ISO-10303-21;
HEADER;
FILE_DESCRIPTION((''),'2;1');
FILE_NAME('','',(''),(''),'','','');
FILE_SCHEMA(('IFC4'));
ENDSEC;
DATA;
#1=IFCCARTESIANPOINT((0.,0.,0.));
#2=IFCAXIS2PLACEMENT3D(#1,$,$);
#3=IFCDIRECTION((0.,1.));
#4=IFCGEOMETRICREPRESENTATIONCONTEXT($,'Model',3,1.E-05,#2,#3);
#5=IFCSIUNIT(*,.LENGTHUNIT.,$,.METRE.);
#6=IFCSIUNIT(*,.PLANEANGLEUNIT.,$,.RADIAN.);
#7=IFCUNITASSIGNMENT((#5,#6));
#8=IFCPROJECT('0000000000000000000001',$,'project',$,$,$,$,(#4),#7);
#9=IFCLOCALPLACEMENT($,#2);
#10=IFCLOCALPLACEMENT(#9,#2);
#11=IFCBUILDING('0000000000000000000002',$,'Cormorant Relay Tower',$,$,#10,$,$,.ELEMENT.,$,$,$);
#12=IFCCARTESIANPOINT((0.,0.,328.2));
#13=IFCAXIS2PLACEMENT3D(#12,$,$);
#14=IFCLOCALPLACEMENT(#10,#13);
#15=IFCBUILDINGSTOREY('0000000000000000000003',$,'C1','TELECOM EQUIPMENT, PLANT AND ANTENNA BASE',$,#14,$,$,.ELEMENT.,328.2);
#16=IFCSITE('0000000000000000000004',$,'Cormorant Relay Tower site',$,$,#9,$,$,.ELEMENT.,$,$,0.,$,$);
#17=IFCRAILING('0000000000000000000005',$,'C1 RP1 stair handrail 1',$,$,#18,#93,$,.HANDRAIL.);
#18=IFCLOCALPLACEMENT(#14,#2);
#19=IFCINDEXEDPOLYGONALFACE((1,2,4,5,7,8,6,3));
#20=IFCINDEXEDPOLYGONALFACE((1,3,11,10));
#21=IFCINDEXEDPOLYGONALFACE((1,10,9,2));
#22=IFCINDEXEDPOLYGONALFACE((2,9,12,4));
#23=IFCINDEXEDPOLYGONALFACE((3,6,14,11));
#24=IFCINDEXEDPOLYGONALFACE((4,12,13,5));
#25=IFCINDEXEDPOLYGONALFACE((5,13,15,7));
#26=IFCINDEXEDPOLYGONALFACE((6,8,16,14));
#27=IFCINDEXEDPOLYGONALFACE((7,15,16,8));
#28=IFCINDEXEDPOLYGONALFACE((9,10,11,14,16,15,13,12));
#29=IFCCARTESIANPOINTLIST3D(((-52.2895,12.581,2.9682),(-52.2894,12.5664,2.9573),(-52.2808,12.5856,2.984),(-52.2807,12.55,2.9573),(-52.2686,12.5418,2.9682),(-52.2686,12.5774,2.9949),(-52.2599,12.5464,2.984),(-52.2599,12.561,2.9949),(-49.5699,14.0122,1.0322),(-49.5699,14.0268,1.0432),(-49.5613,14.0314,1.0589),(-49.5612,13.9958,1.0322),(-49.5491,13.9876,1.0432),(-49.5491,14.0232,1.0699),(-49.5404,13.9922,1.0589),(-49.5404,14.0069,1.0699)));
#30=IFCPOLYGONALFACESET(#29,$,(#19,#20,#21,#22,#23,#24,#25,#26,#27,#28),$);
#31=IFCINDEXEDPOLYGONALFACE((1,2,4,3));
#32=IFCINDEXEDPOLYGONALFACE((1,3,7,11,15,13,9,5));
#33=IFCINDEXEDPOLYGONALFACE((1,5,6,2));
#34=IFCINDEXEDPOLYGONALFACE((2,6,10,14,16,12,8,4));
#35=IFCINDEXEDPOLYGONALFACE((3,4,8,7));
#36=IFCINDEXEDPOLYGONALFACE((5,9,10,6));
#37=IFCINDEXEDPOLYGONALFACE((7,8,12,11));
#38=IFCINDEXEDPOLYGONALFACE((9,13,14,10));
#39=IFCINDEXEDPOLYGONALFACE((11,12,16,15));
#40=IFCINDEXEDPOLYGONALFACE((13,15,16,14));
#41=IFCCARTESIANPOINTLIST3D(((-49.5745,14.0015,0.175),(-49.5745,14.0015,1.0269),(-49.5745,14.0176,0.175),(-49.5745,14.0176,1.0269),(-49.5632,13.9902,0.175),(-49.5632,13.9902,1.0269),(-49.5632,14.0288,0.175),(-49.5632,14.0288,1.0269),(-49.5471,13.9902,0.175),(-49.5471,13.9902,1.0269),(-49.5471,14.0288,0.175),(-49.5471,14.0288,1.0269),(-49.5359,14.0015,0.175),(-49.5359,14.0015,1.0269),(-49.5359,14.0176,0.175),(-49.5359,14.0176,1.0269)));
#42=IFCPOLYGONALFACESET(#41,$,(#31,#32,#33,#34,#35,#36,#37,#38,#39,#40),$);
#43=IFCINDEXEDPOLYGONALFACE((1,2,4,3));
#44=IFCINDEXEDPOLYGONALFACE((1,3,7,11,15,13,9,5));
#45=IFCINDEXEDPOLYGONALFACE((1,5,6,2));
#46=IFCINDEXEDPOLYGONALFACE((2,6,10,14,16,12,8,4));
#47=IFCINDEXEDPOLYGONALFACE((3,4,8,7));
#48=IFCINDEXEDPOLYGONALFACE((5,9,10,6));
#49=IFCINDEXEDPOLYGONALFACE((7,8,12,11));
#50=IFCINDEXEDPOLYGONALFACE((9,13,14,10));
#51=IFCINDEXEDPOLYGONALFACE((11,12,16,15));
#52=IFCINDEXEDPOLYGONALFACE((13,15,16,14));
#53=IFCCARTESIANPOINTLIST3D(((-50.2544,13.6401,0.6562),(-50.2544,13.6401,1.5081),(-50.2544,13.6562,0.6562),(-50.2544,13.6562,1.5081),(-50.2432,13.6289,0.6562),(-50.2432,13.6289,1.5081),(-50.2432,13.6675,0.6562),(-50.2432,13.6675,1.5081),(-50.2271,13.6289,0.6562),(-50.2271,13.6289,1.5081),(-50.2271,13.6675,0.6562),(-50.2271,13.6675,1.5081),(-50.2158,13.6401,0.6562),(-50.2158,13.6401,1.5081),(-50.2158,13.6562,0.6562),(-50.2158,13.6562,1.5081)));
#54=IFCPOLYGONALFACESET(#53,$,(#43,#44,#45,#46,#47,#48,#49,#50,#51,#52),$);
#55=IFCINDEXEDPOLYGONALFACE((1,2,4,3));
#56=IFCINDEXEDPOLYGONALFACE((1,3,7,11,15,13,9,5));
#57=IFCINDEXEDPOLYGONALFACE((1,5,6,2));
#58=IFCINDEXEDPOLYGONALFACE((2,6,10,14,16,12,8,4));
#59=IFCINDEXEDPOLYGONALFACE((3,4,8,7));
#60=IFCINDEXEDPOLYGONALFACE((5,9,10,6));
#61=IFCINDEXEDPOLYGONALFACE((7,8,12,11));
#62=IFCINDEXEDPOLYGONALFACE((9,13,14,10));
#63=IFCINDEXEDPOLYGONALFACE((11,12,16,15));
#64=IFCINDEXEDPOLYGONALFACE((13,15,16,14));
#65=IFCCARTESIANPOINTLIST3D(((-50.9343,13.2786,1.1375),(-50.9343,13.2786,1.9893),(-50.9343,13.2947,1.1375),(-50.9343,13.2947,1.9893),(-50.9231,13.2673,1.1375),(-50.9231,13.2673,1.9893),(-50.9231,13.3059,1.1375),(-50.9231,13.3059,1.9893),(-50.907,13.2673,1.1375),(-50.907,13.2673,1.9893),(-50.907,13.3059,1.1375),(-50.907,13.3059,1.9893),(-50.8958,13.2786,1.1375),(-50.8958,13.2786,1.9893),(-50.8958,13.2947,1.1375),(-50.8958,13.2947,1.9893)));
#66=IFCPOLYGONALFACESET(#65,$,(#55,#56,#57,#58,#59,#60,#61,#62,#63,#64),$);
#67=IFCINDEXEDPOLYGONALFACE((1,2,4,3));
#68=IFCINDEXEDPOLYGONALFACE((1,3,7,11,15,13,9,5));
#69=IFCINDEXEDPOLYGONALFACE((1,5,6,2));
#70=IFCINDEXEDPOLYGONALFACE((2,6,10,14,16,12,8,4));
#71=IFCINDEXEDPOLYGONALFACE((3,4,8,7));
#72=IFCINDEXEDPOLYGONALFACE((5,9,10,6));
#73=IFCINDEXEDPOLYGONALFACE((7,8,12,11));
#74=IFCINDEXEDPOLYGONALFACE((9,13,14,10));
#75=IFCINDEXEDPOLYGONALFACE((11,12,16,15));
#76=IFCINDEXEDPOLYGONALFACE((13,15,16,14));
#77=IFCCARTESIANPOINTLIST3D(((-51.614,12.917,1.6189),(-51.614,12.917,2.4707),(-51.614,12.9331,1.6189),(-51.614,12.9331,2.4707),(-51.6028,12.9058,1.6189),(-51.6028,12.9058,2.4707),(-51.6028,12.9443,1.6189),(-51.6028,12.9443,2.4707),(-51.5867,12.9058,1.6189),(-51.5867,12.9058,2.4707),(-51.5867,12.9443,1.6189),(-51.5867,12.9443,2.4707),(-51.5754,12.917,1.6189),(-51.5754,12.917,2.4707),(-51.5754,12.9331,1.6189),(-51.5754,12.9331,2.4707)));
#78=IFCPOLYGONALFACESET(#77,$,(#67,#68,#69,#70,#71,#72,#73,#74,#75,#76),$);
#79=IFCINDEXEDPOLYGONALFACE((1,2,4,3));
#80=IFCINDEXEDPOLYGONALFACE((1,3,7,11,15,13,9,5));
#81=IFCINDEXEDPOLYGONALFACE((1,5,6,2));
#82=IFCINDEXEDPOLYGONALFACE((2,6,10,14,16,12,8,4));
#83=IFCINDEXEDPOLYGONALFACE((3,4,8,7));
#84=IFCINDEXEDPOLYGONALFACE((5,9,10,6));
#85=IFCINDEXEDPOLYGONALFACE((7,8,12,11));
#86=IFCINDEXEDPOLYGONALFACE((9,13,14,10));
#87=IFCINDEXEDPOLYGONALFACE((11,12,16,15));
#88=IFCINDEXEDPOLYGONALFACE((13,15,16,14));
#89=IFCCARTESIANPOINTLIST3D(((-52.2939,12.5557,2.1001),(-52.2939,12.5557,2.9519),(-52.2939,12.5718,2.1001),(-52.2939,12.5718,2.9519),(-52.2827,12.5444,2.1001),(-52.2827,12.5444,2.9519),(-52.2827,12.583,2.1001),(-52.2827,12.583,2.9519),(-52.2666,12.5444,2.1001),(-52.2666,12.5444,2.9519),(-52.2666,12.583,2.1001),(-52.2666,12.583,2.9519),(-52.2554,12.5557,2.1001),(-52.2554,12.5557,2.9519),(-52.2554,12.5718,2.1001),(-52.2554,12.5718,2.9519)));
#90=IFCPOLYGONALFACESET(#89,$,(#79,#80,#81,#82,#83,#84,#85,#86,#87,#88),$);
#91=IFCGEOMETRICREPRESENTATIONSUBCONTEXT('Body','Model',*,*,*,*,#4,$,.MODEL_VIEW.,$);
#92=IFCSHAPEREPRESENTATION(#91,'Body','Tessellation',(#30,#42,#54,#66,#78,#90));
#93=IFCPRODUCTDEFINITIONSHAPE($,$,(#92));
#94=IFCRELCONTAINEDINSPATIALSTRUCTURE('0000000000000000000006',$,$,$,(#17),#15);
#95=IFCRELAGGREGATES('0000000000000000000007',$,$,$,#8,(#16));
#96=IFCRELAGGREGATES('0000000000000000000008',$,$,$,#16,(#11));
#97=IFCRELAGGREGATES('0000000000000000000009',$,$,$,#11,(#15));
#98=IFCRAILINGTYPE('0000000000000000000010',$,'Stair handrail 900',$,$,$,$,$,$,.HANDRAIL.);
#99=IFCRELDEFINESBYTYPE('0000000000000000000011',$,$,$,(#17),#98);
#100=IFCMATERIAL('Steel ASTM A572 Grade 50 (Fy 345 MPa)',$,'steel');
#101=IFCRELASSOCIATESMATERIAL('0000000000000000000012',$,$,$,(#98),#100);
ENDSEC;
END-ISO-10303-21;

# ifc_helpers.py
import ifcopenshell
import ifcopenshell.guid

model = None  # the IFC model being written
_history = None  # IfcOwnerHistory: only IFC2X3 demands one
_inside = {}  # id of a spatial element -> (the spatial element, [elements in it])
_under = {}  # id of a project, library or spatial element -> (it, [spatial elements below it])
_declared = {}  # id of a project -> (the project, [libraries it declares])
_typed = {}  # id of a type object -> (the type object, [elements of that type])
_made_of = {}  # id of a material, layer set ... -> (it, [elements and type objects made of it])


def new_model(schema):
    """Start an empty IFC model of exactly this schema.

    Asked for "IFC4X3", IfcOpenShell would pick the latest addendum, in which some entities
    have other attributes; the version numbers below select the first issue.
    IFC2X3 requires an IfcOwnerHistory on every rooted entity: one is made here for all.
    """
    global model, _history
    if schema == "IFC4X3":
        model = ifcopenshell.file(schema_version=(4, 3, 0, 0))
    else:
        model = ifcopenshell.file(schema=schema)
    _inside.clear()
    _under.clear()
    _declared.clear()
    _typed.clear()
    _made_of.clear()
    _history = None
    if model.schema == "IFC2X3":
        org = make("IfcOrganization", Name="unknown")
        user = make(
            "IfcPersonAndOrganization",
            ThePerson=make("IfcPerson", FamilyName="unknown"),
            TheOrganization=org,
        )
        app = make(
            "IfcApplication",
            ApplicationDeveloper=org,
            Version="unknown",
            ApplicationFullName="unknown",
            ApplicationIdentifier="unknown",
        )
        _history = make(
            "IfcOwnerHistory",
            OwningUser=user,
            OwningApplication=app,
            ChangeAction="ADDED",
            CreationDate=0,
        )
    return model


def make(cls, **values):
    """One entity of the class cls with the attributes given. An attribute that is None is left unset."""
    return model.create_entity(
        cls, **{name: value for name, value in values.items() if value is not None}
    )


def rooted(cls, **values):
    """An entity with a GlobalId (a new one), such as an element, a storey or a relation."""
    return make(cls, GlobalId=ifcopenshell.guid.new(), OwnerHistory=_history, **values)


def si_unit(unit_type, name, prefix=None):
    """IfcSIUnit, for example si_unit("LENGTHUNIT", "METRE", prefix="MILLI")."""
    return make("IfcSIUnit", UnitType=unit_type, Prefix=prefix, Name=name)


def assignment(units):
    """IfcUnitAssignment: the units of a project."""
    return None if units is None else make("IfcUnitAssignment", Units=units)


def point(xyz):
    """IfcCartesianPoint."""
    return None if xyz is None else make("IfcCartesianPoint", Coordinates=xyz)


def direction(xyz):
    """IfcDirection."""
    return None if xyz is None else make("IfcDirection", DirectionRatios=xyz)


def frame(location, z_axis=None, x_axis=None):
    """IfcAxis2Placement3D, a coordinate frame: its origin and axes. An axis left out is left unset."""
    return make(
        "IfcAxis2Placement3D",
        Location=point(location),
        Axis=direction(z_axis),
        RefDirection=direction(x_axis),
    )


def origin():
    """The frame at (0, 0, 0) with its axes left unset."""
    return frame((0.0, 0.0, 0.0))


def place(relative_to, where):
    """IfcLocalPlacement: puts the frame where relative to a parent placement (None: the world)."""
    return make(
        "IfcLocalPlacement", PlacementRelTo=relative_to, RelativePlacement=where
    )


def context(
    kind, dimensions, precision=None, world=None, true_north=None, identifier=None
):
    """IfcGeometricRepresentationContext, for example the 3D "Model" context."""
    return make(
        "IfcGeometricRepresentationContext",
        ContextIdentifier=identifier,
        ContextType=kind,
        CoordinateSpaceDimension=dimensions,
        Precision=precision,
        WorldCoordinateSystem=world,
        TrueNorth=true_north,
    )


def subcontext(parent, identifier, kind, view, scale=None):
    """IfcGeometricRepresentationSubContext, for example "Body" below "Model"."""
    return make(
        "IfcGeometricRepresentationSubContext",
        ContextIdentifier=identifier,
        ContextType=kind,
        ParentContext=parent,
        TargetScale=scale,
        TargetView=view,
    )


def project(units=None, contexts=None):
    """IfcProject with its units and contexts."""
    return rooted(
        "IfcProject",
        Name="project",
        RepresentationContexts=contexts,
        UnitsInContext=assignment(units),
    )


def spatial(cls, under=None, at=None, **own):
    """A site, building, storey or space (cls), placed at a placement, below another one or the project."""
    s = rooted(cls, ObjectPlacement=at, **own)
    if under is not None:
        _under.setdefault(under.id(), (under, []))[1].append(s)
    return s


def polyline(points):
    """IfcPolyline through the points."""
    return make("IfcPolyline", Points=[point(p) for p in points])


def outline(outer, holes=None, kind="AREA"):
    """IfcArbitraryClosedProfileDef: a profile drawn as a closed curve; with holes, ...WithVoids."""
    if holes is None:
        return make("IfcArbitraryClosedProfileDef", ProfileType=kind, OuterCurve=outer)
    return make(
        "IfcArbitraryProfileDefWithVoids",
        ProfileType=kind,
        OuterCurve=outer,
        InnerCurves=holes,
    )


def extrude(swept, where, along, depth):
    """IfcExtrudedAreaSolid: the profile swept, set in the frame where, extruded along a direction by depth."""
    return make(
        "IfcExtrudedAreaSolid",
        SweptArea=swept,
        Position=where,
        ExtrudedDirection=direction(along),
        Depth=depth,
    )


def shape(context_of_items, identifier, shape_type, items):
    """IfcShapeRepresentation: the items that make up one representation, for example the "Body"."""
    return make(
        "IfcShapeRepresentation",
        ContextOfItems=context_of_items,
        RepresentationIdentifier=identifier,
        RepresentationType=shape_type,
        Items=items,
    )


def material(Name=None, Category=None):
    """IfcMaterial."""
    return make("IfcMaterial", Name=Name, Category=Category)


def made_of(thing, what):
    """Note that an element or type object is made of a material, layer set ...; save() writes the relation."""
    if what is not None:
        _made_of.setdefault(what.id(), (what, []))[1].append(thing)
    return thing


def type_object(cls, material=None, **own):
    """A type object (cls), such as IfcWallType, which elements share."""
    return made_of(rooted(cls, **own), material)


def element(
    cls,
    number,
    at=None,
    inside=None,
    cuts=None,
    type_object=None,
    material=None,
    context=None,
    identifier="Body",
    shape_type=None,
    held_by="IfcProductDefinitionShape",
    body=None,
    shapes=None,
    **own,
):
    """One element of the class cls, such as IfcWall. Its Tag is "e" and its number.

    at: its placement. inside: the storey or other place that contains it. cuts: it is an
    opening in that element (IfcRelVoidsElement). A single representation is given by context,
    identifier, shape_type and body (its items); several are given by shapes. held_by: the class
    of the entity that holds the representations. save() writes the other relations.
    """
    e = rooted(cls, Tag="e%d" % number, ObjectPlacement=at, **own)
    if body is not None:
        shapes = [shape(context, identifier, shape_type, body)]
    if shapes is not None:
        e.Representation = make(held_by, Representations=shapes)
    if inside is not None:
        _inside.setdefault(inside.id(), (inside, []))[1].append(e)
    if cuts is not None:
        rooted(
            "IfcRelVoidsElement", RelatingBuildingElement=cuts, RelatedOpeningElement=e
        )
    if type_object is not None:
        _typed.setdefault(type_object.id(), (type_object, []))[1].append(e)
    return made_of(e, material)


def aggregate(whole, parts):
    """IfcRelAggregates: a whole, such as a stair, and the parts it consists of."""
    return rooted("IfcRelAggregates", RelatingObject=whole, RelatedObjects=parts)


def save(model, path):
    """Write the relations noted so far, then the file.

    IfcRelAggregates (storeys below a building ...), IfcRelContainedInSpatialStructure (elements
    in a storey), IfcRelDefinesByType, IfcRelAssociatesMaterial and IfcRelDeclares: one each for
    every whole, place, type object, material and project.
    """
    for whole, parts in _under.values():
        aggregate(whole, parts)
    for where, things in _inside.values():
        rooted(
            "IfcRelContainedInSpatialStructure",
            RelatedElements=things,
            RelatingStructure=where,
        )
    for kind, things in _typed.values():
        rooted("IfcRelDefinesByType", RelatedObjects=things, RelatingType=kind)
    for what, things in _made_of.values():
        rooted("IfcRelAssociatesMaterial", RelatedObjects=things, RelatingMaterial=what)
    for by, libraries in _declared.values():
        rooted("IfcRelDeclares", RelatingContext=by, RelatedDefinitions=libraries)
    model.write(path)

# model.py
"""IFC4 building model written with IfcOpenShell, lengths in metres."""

from ifc_helpers import new_model, si_unit, direction, frame, origin, place, context, subcontext, project, spatial, polyline, outline, extrude, material, type_object, element, save


model = new_model("IFC4")

# Units and contexts
model_context = context("Model", 3, precision=1e-05, world=origin(), true_north=direction((0.0, 1.0)))
body_context = subcontext(model_context, "Body", "Model", "MODEL_VIEW")
ifc_project = project(units=[si_unit("LENGTHUNIT", "METRE"), si_unit("PLANEANGLEUNIT", "RADIAN")], contexts=[model_context])

# Site, building, storey
site_placement = place(None, origin())
site = spatial("IfcSite", under=ifc_project, at=site_placement, Name="Cormorant Relay Tower site", CompositionType="ELEMENT", RefElevation=0.0)
building_placement = place(site_placement, origin())
building = spatial("IfcBuilding", under=site, at=building_placement, Name="Cormorant Relay Tower", CompositionType="ELEMENT")
storey_placement = place(building_placement, frame((0.0, 0.0, 328.2)))
storey = spatial("IfcBuildingStorey", under=building, at=storey_placement, Name="C1", Description="TELECOM EQUIPMENT, PLANT AND ANTENNA BASE", CompositionType="ELEMENT", Elevation=328.2)

# Railing
ifc_material_1 = material(Name="Steel ASTM A572 Grade 50 (Fy 345 MPa)", Category="steel")
railing_type = type_object("IfcRailingType", Name="Stair handrail 900", PredefinedType="HANDRAIL", material=ifc_material_1)
railing_placement = place(storey_placement, frame((-49.5552, 14.0095, 0.175)))
element("IfcRailing", 1, at=railing_placement, inside=storey, type_object=railing_type, Name="C1 RP1 stair handrail 1", PredefinedType="HANDRAIL", context=body_context, shape_type="SweptSolid", body=[
    extrude(outline(polyline([(0.0222, 0.0093), (0.0093, 0.0222), (-0.0093, 0.0222), (-0.0222, 0.0093), (-0.0222, -0.0093), (-0.0093, -0.0222), (0.0093, -0.0222), (0.0222, -0.0093), (0.0222, 0.0093)])), frame((0.0, 0.0, 0.876), z_axis=(-0.748747, -0.398068, 0.530018), x_axis=(0.469428, -0.882971, 0.0)), (0.0, 0.0, 1.0), 3.6321),
    extrude(outline(polyline([(0.0193, 0.0081), (0.0081, 0.0193), (-0.0081, 0.0193), (-0.0193, 0.0081), (-0.0193, -0.0081), (-0.0081, -0.0193), (0.0081, -0.0193), (0.0193, -0.0081), (0.0193, 0.0081)])), origin(), (0.0, 0.0, 1.0), 0.8518),
    extrude(outline(polyline([(0.0193, 0.0081), (0.0081, 0.0193), (-0.0081, 0.0193), (-0.0193, 0.0081), (-0.0193, -0.0081), (-0.0081, -0.0193), (0.0081, -0.0193), (0.0193, -0.0081), (0.0193, 0.0081)])), frame((-0.6799, -0.3613, 0.4812)), (0.0, 0.0, 1.0), 0.8518),
    extrude(outline(polyline([(0.0193, 0.0081), (0.0081, 0.0193), (-0.0081, 0.0193), (-0.0193, 0.0081), (-0.0193, -0.0081), (-0.0081, -0.0193), (0.0081, -0.0193), (0.0193, -0.0081), (0.0193, 0.0081)])), frame((-1.3599, -0.7229, 0.9624)), (0.0, 0.0, 1.0), 0.8518),
    extrude(outline(polyline([(0.0193, 0.0081), (0.0081, 0.0193), (-0.0081, 0.0193), (-0.0193, 0.0081), (-0.0193, -0.0081), (-0.0081, -0.0193), (0.0081, -0.0193), (0.0193, -0.0081), (0.0193, 0.0081)])), frame((-2.0396, -1.0845, 1.4438)), (0.0, 0.0, 1.0), 0.8518),
    extrude(outline(polyline([(0.0193, 0.0081), (0.0081, 0.0193), (-0.0081, 0.0193), (-0.0193, 0.0081), (-0.0193, -0.0081), (-0.0081, -0.0193), (0.0081, -0.0193), (0.0193, -0.0081), (0.0193, 0.0081)])), frame((-2.7195, -1.4458, 1.925)), (0.0, 0.0, 1.0), 0.8518),
])

save(model, "model.ifc")
